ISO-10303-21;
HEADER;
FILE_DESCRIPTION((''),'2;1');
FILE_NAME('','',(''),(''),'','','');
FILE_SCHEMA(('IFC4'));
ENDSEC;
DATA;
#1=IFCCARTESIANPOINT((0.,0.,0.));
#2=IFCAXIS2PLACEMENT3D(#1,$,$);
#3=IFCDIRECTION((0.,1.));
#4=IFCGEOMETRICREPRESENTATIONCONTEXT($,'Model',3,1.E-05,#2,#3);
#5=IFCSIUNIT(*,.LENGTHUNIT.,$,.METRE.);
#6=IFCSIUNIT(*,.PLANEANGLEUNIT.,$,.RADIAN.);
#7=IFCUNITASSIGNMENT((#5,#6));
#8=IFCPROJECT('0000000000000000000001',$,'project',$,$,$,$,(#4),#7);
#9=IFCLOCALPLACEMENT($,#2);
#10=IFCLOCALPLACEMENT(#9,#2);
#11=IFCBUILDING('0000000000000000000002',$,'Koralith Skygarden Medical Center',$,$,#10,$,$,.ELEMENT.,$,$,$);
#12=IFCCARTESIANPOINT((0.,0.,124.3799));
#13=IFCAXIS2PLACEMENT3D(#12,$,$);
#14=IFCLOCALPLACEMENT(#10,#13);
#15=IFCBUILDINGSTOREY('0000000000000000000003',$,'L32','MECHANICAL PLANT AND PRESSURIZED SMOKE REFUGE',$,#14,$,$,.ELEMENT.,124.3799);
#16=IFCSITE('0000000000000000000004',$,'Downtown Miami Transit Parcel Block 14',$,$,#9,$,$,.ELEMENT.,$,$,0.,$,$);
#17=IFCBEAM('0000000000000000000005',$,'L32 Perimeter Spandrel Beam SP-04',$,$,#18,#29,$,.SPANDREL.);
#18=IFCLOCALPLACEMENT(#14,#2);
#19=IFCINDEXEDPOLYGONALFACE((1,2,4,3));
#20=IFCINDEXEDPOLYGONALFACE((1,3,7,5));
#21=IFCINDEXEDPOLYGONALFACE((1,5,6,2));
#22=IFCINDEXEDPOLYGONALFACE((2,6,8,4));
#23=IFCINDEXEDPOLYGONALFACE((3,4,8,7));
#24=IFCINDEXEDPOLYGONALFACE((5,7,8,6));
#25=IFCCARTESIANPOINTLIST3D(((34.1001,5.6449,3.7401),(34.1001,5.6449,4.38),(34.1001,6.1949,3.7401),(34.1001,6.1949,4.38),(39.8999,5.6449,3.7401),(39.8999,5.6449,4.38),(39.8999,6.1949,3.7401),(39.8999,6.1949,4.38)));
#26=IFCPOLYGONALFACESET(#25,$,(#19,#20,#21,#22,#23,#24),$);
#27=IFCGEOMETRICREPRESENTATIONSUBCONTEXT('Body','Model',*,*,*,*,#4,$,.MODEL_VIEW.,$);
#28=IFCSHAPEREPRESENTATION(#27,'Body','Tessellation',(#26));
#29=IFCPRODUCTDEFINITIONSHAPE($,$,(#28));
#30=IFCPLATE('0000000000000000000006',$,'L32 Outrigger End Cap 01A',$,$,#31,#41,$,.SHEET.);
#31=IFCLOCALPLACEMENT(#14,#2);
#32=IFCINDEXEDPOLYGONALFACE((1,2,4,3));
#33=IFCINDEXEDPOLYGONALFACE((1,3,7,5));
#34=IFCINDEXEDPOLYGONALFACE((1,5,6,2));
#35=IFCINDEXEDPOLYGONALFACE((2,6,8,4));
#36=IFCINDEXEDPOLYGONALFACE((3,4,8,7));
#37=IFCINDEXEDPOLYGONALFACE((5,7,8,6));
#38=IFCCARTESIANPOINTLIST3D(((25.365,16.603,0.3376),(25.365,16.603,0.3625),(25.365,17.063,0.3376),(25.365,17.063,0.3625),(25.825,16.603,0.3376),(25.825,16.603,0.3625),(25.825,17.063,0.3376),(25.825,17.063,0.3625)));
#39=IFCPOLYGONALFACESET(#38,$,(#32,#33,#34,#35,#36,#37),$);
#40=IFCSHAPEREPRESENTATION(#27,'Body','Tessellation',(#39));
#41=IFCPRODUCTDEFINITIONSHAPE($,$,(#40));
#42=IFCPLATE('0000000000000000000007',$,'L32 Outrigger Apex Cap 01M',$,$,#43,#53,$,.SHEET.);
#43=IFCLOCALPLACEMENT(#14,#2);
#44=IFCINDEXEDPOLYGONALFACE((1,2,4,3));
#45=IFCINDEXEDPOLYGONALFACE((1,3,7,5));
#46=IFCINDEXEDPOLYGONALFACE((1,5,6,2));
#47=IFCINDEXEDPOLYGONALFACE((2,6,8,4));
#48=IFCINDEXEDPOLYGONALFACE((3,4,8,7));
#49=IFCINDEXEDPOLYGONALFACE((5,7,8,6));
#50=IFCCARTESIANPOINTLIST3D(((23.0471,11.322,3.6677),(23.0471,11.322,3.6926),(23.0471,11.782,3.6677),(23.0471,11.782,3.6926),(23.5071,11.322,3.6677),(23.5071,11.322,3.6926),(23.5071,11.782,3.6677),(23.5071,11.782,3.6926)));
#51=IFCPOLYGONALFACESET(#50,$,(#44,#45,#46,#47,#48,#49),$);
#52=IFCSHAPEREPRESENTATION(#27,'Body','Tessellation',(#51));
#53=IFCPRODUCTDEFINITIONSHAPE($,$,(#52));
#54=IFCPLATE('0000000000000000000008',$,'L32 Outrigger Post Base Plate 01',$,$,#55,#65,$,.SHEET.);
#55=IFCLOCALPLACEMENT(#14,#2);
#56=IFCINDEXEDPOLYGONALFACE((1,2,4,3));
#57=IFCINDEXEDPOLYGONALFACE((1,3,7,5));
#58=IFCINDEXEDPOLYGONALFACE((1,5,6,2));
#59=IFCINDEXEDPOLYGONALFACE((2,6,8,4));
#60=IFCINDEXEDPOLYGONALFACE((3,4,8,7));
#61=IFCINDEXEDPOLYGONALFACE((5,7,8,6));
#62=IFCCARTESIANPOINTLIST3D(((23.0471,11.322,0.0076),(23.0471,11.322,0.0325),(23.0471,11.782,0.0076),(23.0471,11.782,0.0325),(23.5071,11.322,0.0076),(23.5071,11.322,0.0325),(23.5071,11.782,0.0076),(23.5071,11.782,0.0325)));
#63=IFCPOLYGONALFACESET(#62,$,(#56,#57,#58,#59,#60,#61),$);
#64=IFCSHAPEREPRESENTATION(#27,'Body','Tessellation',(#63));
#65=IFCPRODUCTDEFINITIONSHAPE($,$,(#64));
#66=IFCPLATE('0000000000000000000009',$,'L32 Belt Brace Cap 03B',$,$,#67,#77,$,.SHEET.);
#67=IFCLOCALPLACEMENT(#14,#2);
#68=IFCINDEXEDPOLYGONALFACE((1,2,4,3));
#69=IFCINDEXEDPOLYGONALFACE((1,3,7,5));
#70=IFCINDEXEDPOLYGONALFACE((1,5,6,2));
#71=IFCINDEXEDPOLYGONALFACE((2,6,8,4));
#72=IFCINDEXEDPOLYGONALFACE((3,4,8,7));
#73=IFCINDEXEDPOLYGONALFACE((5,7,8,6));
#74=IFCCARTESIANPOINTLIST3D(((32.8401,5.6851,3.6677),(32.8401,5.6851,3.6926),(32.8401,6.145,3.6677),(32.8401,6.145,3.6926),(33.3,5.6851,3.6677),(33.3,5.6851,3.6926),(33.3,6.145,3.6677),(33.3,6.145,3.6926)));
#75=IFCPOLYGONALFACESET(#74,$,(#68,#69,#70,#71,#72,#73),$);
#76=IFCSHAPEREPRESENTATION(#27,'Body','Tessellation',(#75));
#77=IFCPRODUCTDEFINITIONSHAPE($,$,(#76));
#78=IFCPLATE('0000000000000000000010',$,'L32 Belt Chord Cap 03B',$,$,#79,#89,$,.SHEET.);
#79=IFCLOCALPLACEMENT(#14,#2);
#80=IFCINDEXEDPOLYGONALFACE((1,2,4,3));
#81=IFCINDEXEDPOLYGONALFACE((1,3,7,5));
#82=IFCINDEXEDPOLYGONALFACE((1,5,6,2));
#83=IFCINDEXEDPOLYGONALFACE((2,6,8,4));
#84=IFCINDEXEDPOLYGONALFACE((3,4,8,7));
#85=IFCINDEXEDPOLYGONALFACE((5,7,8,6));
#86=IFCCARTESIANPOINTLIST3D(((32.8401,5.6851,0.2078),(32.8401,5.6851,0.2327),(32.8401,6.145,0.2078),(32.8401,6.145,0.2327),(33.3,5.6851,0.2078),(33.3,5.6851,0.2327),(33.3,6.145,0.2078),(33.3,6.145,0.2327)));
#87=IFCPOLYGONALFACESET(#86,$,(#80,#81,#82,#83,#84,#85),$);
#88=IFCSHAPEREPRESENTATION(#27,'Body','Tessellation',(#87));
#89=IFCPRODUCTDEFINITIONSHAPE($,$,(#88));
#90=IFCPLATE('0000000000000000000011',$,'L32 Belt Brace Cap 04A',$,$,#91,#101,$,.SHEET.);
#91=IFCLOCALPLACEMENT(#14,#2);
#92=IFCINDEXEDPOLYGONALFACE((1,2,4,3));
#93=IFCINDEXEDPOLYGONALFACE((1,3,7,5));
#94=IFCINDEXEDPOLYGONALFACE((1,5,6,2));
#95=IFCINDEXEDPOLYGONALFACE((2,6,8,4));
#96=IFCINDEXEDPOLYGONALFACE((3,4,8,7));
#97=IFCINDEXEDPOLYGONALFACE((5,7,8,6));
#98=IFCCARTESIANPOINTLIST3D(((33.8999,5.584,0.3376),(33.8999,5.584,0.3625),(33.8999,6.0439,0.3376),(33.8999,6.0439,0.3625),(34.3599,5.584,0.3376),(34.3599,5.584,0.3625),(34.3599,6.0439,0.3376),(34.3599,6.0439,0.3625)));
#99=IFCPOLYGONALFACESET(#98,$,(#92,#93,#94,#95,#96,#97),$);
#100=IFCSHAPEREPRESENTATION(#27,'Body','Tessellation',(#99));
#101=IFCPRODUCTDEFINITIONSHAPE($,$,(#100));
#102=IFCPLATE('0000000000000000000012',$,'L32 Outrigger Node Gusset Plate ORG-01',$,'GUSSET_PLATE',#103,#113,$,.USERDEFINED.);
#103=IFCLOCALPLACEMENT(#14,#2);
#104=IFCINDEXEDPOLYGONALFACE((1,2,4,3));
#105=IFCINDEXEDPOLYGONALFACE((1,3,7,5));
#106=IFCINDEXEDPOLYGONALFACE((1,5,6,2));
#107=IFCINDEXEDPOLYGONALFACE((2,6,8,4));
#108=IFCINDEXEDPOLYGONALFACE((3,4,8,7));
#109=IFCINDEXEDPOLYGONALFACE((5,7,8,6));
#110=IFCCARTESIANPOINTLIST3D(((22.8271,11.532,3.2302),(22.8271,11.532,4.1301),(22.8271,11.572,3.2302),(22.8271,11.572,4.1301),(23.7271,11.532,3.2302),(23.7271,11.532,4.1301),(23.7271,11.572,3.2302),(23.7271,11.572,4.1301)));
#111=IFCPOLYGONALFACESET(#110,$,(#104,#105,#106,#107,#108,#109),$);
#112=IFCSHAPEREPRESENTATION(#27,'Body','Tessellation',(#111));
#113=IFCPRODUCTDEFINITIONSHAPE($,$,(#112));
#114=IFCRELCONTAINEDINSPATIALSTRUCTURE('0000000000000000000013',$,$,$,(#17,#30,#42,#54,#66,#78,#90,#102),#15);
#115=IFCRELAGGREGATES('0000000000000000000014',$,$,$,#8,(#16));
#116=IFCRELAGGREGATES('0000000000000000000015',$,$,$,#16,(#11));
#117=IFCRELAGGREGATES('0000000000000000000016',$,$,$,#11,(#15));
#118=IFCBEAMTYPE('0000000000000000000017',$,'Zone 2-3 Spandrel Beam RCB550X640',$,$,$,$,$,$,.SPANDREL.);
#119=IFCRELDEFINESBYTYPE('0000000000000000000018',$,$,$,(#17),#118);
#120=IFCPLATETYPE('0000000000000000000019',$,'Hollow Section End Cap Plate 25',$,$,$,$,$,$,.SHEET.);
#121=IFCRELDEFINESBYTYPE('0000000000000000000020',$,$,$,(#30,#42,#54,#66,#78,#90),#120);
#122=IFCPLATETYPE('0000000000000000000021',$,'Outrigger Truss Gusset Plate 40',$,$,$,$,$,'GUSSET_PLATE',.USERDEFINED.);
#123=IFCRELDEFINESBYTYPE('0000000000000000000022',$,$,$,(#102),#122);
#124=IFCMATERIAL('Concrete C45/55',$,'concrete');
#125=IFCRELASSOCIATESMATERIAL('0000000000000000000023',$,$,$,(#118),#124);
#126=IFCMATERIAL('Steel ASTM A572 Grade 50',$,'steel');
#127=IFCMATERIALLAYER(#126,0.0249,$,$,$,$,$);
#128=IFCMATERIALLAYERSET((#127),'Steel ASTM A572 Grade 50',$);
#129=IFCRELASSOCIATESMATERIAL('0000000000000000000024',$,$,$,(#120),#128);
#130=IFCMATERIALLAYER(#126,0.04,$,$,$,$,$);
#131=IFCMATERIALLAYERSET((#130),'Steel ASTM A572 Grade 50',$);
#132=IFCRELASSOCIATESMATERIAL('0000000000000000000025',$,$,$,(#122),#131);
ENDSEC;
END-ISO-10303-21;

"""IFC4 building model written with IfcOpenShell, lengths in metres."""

from ifc_helpers import new_model, si_unit, direction, frame, origin, origin_2d, place, context, subcontext, project, spatial, rectangle, extrude, material, layer, layer_set, material_profile, profile_set, type_object, element, save


model = new_model("IFC4")

# Units and contexts
model_context = context("Model", 3, precision=1e-05, world=origin(), true_north=direction((0.0, 1.0)))
body_context = subcontext(model_context, "Body", "Model", "MODEL_VIEW")
ifc_project = project(units=[si_unit("LENGTHUNIT", "METRE"), si_unit("PLANEANGLEUNIT", "RADIAN")], contexts=[model_context])

# Site, building, storey
site_placement = place(None, origin())
site = spatial("IfcSite", under=ifc_project, at=site_placement, Name="Downtown Miami Transit Parcel Block 14", CompositionType="ELEMENT", RefElevation=0.0)
building_placement = place(site_placement, origin())
building = spatial("IfcBuilding", under=site, at=building_placement, Name="Koralith Skygarden Medical Center", CompositionType="ELEMENT")
storey_placement = place(building_placement, frame((0.0, 0.0, 124.3799)))
storey = spatial("IfcBuildingStorey", under=building, at=storey_placement, Name="L32", Description="MECHANICAL PLANT AND PRESSURIZED SMOKE REFUGE", CompositionType="ELEMENT", Elevation=124.3799)

# Beam
ifc_material_1 = material(Name="Concrete C45/55", Category="concrete")
ifc_material_profile_1 = material_profile(ifc_material_1, rectangle(XDim=0.55, YDim=0.6399, at=origin_2d()), Name="RCB550X640")
ifc_profile_set_1 = profile_set([ifc_material_profile_1], Name="Concrete C45/55")
beam_type_1 = type_object("IfcBeamType", Name="Zone 2-3 Spandrel Beam RCB550X640", PredefinedType="SPANDREL", material=ifc_profile_set_1)
beam_1_placement = place(storey_placement, frame((34.1001, 5.9199, 4.0601), z_axis=(1.0, 0.0, 0.0), x_axis=(0.0, 1.0, 0.0)))
element("IfcBeam", 1, at=beam_1_placement, inside=storey, type_object=beam_type_1, Name="L32 Perimeter Spandrel Beam SP-04", PredefinedType="SPANDREL", context=body_context, shape_type="SweptSolid", body=[
    extrude(rectangle(XDim=0.55, YDim=0.6399, at=origin_2d()), origin(), (0.0, 0.0, 1.0), 5.7998),
])

# Plates
ifc_material_2 = material(Name="Steel ASTM A572 Grade 50", Category="steel")
ifc_layer_1 = layer(ifc_material_2, 0.0249)
ifc_layer_set_1 = layer_set([ifc_layer_1], Name="Steel ASTM A572 Grade 50")
plate_type_1 = type_object("IfcPlateType", Name="Hollow Section End Cap Plate 25", PredefinedType="SHEET", material=ifc_layer_set_1)
for number, where, z_axis, x_axis, name in (
    (2, (25.595, 16.833, 0.3376), (0.0, 0.0, 1.0), (1.0, 0.0, 0.0), "L32 Outrigger End Cap 01A"),
    (3, (23.2771, 11.552, 3.6677), (0.0, 0.0, 1.0), (1.0, 0.0, 0.0), "L32 Outrigger Apex Cap 01M"),
    (4, (23.2771, 11.552, 0.0076), (0.0, 0.0, 1.0), (1.0, 0.0, 0.0), "L32 Outrigger Post Base Plate 01"),
    (5, (33.0701, 5.915, 3.6677), (0.0, 0.0, 1.0), (1.0, 0.0, 0.0), "L32 Belt Brace Cap 03B"),
    (6, (33.0701, 5.915, 0.2078), (0.0, 0.0, 1.0), (1.0, 0.0, 0.0), "L32 Belt Chord Cap 03B"),
    (7, (34.1299, 5.814, 0.3376), (0.0, 0.0, 1.0), (1.0, 0.0, 0.0), "L32 Belt Brace Cap 04A"),
):
    element("IfcPlate", number, at=place(storey_placement, frame(where, z_axis=z_axis, x_axis=x_axis)), inside=storey, type_object=plate_type_1, Name=name, PredefinedType="SHEET", context=body_context, shape_type="SweptSolid", body=[
        extrude(rectangle(XDim=0.46, YDim=0.46, at=origin_2d()), origin(), (0.0, 0.0, 1.0), 0.0249),
    ])
ifc_layer_2 = layer(ifc_material_2, 0.04)
ifc_layer_set_2 = layer_set([ifc_layer_2], Name="Steel ASTM A572 Grade 50")
plate_type_2 = type_object("IfcPlateType", Name="Outrigger Truss Gusset Plate 40", ElementType="GUSSET_PLATE", PredefinedType="USERDEFINED", material=ifc_layer_set_2)
plate_placement = place(storey_placement, frame((23.2771, 11.552, 3.2302), z_axis=(0.0, 0.0, 1.0), x_axis=(1.0, 0.0, 0.0)))
element("IfcPlate", 8, at=plate_placement, inside=storey, type_object=plate_type_2, Name="L32 Outrigger Node Gusset Plate ORG-01", ObjectType="GUSSET_PLATE", PredefinedType="USERDEFINED", context=body_context, shape_type="SweptSolid", body=[
    extrude(rectangle(XDim=0.8999, YDim=0.04, at=origin_2d()), origin(), (0.0, 0.0, 1.0), 0.8999),
])

save(model, "model.ifc")
